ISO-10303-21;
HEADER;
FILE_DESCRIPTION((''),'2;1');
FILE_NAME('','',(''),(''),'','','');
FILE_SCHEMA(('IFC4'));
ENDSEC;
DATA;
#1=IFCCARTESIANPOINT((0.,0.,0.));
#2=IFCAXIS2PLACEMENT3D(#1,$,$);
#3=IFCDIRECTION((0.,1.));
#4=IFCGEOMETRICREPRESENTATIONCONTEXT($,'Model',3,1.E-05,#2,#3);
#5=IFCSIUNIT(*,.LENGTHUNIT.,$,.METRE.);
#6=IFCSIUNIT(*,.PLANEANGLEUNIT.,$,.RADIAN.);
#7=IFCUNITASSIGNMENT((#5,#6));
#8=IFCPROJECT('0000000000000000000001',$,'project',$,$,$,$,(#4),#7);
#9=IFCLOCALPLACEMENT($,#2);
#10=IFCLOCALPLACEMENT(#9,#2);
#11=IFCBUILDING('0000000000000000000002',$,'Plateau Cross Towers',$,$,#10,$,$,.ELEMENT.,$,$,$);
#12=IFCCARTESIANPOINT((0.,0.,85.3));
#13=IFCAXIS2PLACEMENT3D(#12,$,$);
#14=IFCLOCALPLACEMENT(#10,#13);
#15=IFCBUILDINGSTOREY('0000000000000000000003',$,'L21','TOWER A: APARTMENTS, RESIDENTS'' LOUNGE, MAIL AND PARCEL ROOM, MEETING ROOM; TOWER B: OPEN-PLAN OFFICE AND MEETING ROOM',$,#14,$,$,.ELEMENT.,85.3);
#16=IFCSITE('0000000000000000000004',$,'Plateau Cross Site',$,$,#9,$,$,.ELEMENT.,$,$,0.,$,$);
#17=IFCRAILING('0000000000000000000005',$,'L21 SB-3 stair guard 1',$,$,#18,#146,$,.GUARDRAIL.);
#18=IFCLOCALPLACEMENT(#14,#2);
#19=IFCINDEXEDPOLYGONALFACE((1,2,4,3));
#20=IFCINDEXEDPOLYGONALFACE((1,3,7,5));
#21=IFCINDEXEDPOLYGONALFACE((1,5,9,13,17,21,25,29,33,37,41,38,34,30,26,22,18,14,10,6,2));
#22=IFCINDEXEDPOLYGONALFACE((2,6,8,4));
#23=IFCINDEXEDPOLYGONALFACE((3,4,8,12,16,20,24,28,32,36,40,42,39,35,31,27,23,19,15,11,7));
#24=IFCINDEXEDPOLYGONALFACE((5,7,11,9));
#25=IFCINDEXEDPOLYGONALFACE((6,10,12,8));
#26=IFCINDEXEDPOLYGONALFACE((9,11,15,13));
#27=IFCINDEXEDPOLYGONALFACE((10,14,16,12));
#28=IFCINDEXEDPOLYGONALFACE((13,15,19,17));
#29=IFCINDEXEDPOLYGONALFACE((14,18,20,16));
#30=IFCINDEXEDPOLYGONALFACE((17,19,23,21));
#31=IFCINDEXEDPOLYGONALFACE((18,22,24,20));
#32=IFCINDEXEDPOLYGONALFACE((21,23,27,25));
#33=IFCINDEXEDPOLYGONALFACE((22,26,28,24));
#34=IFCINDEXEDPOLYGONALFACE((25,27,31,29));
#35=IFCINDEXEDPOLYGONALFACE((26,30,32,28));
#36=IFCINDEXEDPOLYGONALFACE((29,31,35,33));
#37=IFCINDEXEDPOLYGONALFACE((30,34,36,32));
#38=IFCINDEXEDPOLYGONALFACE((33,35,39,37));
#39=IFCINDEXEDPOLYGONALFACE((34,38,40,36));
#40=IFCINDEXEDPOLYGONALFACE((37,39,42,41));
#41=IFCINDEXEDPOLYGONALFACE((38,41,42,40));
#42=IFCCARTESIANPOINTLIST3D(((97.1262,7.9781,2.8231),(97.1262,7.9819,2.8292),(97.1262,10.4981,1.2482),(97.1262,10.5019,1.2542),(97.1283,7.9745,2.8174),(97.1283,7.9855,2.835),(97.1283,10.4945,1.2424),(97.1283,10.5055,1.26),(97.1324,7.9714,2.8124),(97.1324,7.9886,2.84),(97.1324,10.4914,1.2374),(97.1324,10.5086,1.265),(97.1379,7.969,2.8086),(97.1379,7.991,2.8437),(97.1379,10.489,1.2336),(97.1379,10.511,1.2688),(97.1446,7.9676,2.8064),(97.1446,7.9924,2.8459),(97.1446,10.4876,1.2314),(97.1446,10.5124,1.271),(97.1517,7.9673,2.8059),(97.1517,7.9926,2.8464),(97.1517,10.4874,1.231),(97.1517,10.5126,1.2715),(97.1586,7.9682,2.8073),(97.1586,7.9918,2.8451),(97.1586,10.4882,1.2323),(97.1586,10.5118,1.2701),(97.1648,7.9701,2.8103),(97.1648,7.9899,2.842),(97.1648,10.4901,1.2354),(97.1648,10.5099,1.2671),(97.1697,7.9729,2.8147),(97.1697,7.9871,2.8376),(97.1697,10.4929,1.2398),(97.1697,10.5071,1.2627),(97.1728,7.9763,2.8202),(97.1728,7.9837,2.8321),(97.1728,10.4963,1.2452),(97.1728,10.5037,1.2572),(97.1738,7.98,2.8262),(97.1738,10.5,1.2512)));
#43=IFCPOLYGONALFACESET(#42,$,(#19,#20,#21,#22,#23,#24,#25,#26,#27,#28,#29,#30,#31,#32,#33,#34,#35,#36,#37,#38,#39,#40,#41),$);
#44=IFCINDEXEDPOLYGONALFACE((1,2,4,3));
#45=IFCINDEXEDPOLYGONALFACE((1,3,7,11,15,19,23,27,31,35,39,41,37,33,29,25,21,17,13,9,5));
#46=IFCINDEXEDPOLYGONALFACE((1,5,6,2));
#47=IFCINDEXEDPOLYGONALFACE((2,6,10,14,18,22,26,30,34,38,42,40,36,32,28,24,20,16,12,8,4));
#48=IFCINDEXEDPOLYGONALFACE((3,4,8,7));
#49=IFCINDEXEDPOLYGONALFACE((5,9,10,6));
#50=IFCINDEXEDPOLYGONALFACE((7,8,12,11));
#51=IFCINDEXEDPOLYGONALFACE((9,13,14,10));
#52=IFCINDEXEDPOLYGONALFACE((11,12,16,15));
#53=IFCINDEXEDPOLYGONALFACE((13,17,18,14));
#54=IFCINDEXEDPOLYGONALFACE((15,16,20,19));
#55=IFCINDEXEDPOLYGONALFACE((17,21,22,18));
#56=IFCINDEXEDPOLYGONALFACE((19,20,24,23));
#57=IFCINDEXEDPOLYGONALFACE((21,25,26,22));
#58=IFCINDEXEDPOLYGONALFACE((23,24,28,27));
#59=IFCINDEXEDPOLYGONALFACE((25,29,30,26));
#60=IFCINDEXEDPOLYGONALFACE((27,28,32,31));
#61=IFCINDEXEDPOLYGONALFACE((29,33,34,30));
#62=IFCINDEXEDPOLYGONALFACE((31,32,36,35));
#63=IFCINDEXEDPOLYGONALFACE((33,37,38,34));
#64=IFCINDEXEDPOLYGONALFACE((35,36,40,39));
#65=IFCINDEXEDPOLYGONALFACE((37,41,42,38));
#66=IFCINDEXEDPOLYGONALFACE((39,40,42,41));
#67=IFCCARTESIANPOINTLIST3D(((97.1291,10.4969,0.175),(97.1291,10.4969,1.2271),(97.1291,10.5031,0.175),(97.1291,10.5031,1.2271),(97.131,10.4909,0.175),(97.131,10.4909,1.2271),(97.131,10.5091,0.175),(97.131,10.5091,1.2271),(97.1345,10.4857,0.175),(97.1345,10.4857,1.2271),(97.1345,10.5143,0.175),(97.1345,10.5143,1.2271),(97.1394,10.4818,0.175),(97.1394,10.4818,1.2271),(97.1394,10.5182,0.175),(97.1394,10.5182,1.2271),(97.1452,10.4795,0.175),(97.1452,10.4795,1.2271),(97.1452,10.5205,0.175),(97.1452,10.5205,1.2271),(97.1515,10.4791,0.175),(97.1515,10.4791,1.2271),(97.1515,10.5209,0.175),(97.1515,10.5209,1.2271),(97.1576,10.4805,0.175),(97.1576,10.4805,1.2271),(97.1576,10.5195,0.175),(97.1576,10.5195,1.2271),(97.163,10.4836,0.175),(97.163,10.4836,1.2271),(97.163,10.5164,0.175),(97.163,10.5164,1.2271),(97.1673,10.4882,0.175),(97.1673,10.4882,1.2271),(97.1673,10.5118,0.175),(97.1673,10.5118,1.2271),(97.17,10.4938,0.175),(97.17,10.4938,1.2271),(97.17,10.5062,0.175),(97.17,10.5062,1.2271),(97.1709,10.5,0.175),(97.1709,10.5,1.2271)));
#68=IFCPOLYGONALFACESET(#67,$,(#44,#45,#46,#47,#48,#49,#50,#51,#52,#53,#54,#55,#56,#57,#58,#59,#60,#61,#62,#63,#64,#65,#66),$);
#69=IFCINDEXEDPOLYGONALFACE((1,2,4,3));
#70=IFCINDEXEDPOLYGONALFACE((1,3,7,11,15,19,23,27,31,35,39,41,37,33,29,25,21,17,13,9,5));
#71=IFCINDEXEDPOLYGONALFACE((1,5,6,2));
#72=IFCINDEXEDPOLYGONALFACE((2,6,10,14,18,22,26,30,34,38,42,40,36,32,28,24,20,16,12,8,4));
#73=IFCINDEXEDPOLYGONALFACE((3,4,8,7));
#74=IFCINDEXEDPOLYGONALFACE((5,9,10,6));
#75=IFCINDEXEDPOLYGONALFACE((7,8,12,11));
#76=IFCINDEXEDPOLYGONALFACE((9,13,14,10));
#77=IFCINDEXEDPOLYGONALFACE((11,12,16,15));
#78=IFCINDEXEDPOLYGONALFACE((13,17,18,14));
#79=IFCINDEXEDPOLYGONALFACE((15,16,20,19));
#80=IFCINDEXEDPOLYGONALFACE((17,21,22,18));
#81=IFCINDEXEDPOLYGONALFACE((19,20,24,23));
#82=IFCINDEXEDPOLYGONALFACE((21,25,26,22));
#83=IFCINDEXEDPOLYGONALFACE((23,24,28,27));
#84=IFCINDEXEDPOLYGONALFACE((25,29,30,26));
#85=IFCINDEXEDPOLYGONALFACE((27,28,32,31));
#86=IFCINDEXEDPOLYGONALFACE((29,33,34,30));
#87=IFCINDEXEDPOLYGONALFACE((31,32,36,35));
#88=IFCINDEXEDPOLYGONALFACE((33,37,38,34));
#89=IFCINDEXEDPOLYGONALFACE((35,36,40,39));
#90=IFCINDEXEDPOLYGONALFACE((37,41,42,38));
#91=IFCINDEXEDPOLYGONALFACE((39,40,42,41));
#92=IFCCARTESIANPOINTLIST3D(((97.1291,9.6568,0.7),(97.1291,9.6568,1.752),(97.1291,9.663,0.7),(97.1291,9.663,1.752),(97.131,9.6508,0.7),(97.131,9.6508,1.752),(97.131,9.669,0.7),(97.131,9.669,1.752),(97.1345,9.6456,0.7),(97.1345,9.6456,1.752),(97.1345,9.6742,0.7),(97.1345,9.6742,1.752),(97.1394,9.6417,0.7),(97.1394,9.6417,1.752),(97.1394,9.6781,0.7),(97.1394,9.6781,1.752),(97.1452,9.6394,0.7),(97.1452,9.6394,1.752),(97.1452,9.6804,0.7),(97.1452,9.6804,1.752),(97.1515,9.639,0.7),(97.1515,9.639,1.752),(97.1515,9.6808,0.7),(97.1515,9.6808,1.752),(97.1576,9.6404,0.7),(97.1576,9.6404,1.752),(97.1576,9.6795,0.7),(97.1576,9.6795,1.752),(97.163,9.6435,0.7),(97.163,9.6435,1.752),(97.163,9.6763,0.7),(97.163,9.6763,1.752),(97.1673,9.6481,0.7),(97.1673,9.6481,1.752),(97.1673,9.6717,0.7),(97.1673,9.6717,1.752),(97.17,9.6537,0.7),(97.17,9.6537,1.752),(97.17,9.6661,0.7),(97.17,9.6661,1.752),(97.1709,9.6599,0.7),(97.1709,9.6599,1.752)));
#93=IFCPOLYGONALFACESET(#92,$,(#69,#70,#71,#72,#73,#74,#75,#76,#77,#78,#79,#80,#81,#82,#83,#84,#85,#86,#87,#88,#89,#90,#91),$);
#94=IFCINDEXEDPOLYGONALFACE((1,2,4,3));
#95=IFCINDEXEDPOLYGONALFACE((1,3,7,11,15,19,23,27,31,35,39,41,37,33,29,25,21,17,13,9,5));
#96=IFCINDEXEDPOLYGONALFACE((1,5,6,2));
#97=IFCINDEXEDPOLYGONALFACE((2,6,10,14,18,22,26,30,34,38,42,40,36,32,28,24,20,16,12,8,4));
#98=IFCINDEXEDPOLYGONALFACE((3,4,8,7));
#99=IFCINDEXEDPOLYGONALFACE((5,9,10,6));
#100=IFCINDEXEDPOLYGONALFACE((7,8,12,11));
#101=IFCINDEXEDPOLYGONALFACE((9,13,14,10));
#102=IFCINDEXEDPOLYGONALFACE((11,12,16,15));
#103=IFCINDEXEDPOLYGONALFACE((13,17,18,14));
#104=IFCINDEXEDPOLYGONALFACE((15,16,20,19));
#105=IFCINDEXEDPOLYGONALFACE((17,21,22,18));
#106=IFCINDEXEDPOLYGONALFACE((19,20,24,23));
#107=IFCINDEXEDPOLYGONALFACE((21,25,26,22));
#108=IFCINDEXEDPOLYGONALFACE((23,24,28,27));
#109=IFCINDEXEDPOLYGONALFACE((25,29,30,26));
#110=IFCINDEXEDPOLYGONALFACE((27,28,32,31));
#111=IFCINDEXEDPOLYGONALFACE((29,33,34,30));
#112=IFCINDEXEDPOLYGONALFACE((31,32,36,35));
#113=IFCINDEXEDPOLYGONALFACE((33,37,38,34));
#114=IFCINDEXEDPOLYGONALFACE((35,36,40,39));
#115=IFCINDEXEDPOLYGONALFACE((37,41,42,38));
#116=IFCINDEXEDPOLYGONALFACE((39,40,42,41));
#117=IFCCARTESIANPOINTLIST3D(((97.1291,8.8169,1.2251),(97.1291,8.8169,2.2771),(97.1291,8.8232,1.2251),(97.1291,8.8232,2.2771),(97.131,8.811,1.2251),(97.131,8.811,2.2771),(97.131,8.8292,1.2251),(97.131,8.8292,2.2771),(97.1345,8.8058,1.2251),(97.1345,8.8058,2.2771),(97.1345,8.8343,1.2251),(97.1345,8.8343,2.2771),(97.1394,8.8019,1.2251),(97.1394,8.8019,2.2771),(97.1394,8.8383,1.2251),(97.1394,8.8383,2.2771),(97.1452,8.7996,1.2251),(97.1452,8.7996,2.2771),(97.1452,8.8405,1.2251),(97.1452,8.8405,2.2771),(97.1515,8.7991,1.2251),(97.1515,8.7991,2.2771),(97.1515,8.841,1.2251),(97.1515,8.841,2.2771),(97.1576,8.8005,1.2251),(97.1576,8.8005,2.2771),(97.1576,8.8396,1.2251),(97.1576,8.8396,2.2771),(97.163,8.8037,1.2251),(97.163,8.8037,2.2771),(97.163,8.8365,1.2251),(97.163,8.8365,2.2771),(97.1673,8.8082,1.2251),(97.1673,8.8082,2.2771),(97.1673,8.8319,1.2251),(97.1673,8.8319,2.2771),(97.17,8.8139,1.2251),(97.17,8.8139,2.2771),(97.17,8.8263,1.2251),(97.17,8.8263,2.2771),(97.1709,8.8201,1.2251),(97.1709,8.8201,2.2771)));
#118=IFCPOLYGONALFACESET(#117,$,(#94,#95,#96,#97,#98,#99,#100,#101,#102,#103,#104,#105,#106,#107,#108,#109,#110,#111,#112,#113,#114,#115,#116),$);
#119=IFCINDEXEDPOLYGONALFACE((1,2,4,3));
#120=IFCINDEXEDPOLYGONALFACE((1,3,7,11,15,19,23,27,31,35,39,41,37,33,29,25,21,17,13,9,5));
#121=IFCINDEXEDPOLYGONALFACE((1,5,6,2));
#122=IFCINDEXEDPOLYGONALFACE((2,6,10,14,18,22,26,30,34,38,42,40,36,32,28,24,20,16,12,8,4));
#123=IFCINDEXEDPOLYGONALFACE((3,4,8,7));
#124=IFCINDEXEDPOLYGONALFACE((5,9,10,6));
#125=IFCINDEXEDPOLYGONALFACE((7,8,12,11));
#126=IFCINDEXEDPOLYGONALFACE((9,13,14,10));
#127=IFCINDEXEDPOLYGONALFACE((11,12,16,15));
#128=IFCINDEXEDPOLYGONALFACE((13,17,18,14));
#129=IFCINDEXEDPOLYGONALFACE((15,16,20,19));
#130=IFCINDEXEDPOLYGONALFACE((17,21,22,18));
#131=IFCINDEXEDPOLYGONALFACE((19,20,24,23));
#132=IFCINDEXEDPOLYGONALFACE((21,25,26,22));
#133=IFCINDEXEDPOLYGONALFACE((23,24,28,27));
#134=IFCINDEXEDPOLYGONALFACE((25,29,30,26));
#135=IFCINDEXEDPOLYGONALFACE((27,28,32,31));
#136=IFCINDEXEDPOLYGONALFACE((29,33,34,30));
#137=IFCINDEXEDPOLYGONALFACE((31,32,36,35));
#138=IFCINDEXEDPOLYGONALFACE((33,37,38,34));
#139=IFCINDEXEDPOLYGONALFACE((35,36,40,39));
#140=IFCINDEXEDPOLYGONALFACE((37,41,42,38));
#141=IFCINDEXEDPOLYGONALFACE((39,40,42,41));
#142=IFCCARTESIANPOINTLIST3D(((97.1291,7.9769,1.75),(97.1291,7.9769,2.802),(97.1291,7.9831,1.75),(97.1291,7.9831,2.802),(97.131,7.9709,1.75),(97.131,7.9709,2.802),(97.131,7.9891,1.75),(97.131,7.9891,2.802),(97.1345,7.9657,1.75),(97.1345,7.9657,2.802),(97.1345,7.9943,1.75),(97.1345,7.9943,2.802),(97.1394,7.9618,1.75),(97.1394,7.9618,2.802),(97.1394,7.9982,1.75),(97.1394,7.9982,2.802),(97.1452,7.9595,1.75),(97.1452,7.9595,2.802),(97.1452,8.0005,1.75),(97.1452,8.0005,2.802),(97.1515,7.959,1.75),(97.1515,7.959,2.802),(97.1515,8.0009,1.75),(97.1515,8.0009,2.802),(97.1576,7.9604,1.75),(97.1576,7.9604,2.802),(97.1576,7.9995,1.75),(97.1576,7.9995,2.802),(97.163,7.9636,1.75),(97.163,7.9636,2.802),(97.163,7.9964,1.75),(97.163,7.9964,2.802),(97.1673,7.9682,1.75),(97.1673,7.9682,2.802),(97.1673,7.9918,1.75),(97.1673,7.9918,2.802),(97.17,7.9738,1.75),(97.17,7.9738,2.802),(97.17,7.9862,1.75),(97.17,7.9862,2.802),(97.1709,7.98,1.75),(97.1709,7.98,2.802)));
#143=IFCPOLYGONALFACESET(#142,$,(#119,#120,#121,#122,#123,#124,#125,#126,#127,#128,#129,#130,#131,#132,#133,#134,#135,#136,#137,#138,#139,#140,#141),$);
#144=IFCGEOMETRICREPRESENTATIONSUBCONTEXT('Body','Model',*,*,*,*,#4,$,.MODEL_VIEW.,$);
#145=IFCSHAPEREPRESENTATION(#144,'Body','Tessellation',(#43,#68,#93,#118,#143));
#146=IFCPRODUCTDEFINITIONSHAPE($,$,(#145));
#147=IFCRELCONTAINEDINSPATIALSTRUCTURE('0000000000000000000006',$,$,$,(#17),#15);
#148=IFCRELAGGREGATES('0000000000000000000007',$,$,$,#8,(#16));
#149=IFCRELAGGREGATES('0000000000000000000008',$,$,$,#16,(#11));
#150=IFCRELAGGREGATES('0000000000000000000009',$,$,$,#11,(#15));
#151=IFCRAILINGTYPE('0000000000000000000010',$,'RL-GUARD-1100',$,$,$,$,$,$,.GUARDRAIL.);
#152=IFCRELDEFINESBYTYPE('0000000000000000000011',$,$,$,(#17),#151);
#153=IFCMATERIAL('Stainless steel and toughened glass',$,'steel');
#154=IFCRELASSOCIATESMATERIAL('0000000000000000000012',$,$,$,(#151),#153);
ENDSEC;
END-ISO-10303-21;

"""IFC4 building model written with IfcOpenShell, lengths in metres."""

from ifc_helpers import new_model, si_unit, direction, frame, origin, origin_2d, place, context, subcontext, project, spatial, circle, extrude, material, type_object, element, save


model = new_model("IFC4")

# Units and contexts
model_context = context("Model", 3, precision=1e-05, world=origin(), true_north=direction((0.0, 1.0)))
body_context = subcontext(model_context, "Body", "Model", "MODEL_VIEW")
ifc_project = project(units=[si_unit("LENGTHUNIT", "METRE"), si_unit("PLANEANGLEUNIT", "RADIAN")], contexts=[model_context])

# Site, building, storey
site_placement = place(None, origin())
site = spatial("IfcSite", under=ifc_project, at=site_placement, Name="Plateau Cross Site", CompositionType="ELEMENT", RefElevation=0.0)
building_placement = place(site_placement, origin())
building = spatial("IfcBuilding", under=site, at=building_placement, Name="Plateau Cross Towers", CompositionType="ELEMENT")
storey_placement = place(building_placement, frame((0.0, 0.0, 85.3)))
storey = spatial("IfcBuildingStorey", under=building, at=storey_placement, Name="L21", Description="TOWER A: APARTMENTS, RESIDENTS' LOUNGE, MAIL AND PARCEL ROOM, MEETING ROOM; TOWER B: OPEN-PLAN OFFICE AND MEETING ROOM", CompositionType="ELEMENT", Elevation=85.3)

# Railing
ifc_material_1 = material(Name="Stainless steel and toughened glass", Category="steel")
railing_type_1 = type_object("IfcRailingType", Name="RL-GUARD-1100", PredefinedType="GUARDRAIL", material=ifc_material_1)
railing_1_placement = place(storey_placement, frame((97.1499, 10.5, 0.175)))
element("IfcRailing", 1, at=railing_1_placement, inside=storey, type_object=railing_type_1, Name="L21 SB-3 stair guard 1", PredefinedType="GUARDRAIL", context=body_context, shape_type="SweptSolid", body=[
    extrude(circle(Radius=0.0239, at=origin_2d()), frame((0.0, 0.0, 1.0762), z_axis=(0.0, -0.848008, 0.529984), x_axis=(1.0, 0.0, 0.0)), (0.0, 0.0, 1.0), 2.9717),
    extrude(circle(Radius=0.021, at=origin_2d()), origin(), (0.0, 0.0, 1.0), 1.052),
    extrude(circle(Radius=0.021, at=origin_2d()), frame((0.0, -0.8401, 0.5249)), (0.0, 0.0, 1.0), 1.052),
    extrude(circle(Radius=0.021, at=origin_2d()), frame((0.0, -1.6799, 1.05)), (0.0, 0.0, 1.0), 1.052),
    extrude(circle(Radius=0.021, at=origin_2d()), frame((0.0, -2.52, 1.575)), (0.0, 0.0, 1.0), 1.052),
])

save(model, "model.ifc")
